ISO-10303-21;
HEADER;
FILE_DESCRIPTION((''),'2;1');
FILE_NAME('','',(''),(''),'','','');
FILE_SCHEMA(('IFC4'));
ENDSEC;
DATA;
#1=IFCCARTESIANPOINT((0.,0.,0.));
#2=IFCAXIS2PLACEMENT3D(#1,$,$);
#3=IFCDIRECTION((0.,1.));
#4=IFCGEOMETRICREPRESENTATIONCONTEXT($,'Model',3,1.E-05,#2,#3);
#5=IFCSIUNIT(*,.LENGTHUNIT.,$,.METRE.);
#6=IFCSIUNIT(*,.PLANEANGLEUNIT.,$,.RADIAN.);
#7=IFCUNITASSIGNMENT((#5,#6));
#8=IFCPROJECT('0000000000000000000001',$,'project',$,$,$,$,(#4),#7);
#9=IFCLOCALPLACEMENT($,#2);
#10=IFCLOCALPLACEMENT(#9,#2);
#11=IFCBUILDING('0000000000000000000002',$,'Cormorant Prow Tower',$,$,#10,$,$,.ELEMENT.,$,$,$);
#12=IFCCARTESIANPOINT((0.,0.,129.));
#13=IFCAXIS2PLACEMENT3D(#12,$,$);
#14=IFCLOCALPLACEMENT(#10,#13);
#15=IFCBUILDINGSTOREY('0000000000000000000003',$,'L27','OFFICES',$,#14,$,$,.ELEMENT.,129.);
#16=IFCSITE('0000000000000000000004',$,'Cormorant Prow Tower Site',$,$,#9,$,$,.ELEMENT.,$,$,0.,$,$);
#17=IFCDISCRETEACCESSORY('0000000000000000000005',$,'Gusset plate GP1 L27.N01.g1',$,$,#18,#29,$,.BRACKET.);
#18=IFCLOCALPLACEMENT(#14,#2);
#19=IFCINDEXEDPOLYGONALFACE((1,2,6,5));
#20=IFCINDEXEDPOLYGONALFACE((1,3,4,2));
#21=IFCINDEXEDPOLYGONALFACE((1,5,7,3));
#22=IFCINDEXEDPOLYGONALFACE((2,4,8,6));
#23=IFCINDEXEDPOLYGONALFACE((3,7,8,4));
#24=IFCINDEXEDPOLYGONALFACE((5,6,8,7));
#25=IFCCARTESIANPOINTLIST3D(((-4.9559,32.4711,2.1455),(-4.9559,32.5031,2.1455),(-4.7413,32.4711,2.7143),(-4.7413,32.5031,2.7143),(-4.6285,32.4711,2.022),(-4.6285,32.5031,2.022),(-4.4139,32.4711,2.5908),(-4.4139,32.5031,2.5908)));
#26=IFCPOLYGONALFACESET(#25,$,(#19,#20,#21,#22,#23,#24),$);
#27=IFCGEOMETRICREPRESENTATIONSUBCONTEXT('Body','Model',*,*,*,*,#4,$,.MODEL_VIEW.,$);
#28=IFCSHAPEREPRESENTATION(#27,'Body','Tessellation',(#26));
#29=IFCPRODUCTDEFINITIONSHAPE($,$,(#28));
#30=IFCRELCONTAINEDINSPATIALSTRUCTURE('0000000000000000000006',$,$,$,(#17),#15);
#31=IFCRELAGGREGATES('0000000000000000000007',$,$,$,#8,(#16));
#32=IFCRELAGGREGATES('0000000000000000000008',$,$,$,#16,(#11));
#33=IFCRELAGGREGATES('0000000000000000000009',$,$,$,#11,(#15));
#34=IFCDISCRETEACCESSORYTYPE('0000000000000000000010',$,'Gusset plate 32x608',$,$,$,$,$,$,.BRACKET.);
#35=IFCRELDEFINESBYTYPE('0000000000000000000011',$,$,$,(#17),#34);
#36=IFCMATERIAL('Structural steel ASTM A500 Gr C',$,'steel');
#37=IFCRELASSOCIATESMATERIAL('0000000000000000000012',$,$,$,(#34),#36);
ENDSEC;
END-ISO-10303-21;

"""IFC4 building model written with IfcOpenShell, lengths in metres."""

from ifc_helpers import new_model, si_unit, direction, frame, origin, origin_2d, place, context, subcontext, project, spatial, rectangle, extrude, material, material_profile, profile_set, type_object, element, save


model = new_model("IFC4")

# Units and contexts
model_context = context("Model", 3, precision=1e-05, world=origin(), true_north=direction((0.0, 1.0)))
body_context = subcontext(model_context, "Body", "Model", "MODEL_VIEW")
ifc_project = project(units=[si_unit("LENGTHUNIT", "METRE"), si_unit("PLANEANGLEUNIT", "RADIAN")], contexts=[model_context])

# Site, building, storey
site_placement = place(None, origin())
site = spatial("IfcSite", under=ifc_project, at=site_placement, Name="Cormorant Prow Tower Site", CompositionType="ELEMENT", RefElevation=0.0)
building_placement = place(site_placement, origin())
building = spatial("IfcBuilding", under=site, at=building_placement, Name="Cormorant Prow Tower", CompositionType="ELEMENT")
storey_placement = place(building_placement, frame((0.0, 0.0, 129.0)))
storey = spatial("IfcBuildingStorey", under=building, at=storey_placement, Name="L27", Description="OFFICES", CompositionType="ELEMENT", Elevation=129.0)

# Discrete accessory
ifc_material_1 = material(Name="Structural steel ASTM A500 Gr C", Category="steel")
ifc_material_profile_1 = material_profile(ifc_material_1, rectangle(XDim=0.032, YDim=0.6079, at=origin_2d()), Name="Gusset plate 32x608")
ifc_profile_set_1 = profile_set([ifc_material_profile_1], Name="Structural steel ASTM A500 Gr C")
discrete_accessory_type = type_object("IfcDiscreteAccessoryType", Name="Gusset plate 32x608", PredefinedType="BRACKET", material=ifc_profile_set_1)
discrete_accessory_1_placement = place(storey_placement, frame((-4.5212, 32.4871, 2.3064), z_axis=(-0.93561, 0.0, 0.353034), x_axis=(0.0, -1.0, 0.0)))
element("IfcDiscreteAccessory", 1, at=discrete_accessory_1_placement, inside=storey, type_object=discrete_accessory_type, Name="Gusset plate GP1 L27.N01.g1", PredefinedType="BRACKET", context=body_context, shape_type="SweptSolid", body=[
    extrude(rectangle(XDim=0.032, YDim=0.6079, at=origin_2d()), origin(), (0.0, 0.0, 1.0), 0.3499),
])

save(model, "model.ifc")
